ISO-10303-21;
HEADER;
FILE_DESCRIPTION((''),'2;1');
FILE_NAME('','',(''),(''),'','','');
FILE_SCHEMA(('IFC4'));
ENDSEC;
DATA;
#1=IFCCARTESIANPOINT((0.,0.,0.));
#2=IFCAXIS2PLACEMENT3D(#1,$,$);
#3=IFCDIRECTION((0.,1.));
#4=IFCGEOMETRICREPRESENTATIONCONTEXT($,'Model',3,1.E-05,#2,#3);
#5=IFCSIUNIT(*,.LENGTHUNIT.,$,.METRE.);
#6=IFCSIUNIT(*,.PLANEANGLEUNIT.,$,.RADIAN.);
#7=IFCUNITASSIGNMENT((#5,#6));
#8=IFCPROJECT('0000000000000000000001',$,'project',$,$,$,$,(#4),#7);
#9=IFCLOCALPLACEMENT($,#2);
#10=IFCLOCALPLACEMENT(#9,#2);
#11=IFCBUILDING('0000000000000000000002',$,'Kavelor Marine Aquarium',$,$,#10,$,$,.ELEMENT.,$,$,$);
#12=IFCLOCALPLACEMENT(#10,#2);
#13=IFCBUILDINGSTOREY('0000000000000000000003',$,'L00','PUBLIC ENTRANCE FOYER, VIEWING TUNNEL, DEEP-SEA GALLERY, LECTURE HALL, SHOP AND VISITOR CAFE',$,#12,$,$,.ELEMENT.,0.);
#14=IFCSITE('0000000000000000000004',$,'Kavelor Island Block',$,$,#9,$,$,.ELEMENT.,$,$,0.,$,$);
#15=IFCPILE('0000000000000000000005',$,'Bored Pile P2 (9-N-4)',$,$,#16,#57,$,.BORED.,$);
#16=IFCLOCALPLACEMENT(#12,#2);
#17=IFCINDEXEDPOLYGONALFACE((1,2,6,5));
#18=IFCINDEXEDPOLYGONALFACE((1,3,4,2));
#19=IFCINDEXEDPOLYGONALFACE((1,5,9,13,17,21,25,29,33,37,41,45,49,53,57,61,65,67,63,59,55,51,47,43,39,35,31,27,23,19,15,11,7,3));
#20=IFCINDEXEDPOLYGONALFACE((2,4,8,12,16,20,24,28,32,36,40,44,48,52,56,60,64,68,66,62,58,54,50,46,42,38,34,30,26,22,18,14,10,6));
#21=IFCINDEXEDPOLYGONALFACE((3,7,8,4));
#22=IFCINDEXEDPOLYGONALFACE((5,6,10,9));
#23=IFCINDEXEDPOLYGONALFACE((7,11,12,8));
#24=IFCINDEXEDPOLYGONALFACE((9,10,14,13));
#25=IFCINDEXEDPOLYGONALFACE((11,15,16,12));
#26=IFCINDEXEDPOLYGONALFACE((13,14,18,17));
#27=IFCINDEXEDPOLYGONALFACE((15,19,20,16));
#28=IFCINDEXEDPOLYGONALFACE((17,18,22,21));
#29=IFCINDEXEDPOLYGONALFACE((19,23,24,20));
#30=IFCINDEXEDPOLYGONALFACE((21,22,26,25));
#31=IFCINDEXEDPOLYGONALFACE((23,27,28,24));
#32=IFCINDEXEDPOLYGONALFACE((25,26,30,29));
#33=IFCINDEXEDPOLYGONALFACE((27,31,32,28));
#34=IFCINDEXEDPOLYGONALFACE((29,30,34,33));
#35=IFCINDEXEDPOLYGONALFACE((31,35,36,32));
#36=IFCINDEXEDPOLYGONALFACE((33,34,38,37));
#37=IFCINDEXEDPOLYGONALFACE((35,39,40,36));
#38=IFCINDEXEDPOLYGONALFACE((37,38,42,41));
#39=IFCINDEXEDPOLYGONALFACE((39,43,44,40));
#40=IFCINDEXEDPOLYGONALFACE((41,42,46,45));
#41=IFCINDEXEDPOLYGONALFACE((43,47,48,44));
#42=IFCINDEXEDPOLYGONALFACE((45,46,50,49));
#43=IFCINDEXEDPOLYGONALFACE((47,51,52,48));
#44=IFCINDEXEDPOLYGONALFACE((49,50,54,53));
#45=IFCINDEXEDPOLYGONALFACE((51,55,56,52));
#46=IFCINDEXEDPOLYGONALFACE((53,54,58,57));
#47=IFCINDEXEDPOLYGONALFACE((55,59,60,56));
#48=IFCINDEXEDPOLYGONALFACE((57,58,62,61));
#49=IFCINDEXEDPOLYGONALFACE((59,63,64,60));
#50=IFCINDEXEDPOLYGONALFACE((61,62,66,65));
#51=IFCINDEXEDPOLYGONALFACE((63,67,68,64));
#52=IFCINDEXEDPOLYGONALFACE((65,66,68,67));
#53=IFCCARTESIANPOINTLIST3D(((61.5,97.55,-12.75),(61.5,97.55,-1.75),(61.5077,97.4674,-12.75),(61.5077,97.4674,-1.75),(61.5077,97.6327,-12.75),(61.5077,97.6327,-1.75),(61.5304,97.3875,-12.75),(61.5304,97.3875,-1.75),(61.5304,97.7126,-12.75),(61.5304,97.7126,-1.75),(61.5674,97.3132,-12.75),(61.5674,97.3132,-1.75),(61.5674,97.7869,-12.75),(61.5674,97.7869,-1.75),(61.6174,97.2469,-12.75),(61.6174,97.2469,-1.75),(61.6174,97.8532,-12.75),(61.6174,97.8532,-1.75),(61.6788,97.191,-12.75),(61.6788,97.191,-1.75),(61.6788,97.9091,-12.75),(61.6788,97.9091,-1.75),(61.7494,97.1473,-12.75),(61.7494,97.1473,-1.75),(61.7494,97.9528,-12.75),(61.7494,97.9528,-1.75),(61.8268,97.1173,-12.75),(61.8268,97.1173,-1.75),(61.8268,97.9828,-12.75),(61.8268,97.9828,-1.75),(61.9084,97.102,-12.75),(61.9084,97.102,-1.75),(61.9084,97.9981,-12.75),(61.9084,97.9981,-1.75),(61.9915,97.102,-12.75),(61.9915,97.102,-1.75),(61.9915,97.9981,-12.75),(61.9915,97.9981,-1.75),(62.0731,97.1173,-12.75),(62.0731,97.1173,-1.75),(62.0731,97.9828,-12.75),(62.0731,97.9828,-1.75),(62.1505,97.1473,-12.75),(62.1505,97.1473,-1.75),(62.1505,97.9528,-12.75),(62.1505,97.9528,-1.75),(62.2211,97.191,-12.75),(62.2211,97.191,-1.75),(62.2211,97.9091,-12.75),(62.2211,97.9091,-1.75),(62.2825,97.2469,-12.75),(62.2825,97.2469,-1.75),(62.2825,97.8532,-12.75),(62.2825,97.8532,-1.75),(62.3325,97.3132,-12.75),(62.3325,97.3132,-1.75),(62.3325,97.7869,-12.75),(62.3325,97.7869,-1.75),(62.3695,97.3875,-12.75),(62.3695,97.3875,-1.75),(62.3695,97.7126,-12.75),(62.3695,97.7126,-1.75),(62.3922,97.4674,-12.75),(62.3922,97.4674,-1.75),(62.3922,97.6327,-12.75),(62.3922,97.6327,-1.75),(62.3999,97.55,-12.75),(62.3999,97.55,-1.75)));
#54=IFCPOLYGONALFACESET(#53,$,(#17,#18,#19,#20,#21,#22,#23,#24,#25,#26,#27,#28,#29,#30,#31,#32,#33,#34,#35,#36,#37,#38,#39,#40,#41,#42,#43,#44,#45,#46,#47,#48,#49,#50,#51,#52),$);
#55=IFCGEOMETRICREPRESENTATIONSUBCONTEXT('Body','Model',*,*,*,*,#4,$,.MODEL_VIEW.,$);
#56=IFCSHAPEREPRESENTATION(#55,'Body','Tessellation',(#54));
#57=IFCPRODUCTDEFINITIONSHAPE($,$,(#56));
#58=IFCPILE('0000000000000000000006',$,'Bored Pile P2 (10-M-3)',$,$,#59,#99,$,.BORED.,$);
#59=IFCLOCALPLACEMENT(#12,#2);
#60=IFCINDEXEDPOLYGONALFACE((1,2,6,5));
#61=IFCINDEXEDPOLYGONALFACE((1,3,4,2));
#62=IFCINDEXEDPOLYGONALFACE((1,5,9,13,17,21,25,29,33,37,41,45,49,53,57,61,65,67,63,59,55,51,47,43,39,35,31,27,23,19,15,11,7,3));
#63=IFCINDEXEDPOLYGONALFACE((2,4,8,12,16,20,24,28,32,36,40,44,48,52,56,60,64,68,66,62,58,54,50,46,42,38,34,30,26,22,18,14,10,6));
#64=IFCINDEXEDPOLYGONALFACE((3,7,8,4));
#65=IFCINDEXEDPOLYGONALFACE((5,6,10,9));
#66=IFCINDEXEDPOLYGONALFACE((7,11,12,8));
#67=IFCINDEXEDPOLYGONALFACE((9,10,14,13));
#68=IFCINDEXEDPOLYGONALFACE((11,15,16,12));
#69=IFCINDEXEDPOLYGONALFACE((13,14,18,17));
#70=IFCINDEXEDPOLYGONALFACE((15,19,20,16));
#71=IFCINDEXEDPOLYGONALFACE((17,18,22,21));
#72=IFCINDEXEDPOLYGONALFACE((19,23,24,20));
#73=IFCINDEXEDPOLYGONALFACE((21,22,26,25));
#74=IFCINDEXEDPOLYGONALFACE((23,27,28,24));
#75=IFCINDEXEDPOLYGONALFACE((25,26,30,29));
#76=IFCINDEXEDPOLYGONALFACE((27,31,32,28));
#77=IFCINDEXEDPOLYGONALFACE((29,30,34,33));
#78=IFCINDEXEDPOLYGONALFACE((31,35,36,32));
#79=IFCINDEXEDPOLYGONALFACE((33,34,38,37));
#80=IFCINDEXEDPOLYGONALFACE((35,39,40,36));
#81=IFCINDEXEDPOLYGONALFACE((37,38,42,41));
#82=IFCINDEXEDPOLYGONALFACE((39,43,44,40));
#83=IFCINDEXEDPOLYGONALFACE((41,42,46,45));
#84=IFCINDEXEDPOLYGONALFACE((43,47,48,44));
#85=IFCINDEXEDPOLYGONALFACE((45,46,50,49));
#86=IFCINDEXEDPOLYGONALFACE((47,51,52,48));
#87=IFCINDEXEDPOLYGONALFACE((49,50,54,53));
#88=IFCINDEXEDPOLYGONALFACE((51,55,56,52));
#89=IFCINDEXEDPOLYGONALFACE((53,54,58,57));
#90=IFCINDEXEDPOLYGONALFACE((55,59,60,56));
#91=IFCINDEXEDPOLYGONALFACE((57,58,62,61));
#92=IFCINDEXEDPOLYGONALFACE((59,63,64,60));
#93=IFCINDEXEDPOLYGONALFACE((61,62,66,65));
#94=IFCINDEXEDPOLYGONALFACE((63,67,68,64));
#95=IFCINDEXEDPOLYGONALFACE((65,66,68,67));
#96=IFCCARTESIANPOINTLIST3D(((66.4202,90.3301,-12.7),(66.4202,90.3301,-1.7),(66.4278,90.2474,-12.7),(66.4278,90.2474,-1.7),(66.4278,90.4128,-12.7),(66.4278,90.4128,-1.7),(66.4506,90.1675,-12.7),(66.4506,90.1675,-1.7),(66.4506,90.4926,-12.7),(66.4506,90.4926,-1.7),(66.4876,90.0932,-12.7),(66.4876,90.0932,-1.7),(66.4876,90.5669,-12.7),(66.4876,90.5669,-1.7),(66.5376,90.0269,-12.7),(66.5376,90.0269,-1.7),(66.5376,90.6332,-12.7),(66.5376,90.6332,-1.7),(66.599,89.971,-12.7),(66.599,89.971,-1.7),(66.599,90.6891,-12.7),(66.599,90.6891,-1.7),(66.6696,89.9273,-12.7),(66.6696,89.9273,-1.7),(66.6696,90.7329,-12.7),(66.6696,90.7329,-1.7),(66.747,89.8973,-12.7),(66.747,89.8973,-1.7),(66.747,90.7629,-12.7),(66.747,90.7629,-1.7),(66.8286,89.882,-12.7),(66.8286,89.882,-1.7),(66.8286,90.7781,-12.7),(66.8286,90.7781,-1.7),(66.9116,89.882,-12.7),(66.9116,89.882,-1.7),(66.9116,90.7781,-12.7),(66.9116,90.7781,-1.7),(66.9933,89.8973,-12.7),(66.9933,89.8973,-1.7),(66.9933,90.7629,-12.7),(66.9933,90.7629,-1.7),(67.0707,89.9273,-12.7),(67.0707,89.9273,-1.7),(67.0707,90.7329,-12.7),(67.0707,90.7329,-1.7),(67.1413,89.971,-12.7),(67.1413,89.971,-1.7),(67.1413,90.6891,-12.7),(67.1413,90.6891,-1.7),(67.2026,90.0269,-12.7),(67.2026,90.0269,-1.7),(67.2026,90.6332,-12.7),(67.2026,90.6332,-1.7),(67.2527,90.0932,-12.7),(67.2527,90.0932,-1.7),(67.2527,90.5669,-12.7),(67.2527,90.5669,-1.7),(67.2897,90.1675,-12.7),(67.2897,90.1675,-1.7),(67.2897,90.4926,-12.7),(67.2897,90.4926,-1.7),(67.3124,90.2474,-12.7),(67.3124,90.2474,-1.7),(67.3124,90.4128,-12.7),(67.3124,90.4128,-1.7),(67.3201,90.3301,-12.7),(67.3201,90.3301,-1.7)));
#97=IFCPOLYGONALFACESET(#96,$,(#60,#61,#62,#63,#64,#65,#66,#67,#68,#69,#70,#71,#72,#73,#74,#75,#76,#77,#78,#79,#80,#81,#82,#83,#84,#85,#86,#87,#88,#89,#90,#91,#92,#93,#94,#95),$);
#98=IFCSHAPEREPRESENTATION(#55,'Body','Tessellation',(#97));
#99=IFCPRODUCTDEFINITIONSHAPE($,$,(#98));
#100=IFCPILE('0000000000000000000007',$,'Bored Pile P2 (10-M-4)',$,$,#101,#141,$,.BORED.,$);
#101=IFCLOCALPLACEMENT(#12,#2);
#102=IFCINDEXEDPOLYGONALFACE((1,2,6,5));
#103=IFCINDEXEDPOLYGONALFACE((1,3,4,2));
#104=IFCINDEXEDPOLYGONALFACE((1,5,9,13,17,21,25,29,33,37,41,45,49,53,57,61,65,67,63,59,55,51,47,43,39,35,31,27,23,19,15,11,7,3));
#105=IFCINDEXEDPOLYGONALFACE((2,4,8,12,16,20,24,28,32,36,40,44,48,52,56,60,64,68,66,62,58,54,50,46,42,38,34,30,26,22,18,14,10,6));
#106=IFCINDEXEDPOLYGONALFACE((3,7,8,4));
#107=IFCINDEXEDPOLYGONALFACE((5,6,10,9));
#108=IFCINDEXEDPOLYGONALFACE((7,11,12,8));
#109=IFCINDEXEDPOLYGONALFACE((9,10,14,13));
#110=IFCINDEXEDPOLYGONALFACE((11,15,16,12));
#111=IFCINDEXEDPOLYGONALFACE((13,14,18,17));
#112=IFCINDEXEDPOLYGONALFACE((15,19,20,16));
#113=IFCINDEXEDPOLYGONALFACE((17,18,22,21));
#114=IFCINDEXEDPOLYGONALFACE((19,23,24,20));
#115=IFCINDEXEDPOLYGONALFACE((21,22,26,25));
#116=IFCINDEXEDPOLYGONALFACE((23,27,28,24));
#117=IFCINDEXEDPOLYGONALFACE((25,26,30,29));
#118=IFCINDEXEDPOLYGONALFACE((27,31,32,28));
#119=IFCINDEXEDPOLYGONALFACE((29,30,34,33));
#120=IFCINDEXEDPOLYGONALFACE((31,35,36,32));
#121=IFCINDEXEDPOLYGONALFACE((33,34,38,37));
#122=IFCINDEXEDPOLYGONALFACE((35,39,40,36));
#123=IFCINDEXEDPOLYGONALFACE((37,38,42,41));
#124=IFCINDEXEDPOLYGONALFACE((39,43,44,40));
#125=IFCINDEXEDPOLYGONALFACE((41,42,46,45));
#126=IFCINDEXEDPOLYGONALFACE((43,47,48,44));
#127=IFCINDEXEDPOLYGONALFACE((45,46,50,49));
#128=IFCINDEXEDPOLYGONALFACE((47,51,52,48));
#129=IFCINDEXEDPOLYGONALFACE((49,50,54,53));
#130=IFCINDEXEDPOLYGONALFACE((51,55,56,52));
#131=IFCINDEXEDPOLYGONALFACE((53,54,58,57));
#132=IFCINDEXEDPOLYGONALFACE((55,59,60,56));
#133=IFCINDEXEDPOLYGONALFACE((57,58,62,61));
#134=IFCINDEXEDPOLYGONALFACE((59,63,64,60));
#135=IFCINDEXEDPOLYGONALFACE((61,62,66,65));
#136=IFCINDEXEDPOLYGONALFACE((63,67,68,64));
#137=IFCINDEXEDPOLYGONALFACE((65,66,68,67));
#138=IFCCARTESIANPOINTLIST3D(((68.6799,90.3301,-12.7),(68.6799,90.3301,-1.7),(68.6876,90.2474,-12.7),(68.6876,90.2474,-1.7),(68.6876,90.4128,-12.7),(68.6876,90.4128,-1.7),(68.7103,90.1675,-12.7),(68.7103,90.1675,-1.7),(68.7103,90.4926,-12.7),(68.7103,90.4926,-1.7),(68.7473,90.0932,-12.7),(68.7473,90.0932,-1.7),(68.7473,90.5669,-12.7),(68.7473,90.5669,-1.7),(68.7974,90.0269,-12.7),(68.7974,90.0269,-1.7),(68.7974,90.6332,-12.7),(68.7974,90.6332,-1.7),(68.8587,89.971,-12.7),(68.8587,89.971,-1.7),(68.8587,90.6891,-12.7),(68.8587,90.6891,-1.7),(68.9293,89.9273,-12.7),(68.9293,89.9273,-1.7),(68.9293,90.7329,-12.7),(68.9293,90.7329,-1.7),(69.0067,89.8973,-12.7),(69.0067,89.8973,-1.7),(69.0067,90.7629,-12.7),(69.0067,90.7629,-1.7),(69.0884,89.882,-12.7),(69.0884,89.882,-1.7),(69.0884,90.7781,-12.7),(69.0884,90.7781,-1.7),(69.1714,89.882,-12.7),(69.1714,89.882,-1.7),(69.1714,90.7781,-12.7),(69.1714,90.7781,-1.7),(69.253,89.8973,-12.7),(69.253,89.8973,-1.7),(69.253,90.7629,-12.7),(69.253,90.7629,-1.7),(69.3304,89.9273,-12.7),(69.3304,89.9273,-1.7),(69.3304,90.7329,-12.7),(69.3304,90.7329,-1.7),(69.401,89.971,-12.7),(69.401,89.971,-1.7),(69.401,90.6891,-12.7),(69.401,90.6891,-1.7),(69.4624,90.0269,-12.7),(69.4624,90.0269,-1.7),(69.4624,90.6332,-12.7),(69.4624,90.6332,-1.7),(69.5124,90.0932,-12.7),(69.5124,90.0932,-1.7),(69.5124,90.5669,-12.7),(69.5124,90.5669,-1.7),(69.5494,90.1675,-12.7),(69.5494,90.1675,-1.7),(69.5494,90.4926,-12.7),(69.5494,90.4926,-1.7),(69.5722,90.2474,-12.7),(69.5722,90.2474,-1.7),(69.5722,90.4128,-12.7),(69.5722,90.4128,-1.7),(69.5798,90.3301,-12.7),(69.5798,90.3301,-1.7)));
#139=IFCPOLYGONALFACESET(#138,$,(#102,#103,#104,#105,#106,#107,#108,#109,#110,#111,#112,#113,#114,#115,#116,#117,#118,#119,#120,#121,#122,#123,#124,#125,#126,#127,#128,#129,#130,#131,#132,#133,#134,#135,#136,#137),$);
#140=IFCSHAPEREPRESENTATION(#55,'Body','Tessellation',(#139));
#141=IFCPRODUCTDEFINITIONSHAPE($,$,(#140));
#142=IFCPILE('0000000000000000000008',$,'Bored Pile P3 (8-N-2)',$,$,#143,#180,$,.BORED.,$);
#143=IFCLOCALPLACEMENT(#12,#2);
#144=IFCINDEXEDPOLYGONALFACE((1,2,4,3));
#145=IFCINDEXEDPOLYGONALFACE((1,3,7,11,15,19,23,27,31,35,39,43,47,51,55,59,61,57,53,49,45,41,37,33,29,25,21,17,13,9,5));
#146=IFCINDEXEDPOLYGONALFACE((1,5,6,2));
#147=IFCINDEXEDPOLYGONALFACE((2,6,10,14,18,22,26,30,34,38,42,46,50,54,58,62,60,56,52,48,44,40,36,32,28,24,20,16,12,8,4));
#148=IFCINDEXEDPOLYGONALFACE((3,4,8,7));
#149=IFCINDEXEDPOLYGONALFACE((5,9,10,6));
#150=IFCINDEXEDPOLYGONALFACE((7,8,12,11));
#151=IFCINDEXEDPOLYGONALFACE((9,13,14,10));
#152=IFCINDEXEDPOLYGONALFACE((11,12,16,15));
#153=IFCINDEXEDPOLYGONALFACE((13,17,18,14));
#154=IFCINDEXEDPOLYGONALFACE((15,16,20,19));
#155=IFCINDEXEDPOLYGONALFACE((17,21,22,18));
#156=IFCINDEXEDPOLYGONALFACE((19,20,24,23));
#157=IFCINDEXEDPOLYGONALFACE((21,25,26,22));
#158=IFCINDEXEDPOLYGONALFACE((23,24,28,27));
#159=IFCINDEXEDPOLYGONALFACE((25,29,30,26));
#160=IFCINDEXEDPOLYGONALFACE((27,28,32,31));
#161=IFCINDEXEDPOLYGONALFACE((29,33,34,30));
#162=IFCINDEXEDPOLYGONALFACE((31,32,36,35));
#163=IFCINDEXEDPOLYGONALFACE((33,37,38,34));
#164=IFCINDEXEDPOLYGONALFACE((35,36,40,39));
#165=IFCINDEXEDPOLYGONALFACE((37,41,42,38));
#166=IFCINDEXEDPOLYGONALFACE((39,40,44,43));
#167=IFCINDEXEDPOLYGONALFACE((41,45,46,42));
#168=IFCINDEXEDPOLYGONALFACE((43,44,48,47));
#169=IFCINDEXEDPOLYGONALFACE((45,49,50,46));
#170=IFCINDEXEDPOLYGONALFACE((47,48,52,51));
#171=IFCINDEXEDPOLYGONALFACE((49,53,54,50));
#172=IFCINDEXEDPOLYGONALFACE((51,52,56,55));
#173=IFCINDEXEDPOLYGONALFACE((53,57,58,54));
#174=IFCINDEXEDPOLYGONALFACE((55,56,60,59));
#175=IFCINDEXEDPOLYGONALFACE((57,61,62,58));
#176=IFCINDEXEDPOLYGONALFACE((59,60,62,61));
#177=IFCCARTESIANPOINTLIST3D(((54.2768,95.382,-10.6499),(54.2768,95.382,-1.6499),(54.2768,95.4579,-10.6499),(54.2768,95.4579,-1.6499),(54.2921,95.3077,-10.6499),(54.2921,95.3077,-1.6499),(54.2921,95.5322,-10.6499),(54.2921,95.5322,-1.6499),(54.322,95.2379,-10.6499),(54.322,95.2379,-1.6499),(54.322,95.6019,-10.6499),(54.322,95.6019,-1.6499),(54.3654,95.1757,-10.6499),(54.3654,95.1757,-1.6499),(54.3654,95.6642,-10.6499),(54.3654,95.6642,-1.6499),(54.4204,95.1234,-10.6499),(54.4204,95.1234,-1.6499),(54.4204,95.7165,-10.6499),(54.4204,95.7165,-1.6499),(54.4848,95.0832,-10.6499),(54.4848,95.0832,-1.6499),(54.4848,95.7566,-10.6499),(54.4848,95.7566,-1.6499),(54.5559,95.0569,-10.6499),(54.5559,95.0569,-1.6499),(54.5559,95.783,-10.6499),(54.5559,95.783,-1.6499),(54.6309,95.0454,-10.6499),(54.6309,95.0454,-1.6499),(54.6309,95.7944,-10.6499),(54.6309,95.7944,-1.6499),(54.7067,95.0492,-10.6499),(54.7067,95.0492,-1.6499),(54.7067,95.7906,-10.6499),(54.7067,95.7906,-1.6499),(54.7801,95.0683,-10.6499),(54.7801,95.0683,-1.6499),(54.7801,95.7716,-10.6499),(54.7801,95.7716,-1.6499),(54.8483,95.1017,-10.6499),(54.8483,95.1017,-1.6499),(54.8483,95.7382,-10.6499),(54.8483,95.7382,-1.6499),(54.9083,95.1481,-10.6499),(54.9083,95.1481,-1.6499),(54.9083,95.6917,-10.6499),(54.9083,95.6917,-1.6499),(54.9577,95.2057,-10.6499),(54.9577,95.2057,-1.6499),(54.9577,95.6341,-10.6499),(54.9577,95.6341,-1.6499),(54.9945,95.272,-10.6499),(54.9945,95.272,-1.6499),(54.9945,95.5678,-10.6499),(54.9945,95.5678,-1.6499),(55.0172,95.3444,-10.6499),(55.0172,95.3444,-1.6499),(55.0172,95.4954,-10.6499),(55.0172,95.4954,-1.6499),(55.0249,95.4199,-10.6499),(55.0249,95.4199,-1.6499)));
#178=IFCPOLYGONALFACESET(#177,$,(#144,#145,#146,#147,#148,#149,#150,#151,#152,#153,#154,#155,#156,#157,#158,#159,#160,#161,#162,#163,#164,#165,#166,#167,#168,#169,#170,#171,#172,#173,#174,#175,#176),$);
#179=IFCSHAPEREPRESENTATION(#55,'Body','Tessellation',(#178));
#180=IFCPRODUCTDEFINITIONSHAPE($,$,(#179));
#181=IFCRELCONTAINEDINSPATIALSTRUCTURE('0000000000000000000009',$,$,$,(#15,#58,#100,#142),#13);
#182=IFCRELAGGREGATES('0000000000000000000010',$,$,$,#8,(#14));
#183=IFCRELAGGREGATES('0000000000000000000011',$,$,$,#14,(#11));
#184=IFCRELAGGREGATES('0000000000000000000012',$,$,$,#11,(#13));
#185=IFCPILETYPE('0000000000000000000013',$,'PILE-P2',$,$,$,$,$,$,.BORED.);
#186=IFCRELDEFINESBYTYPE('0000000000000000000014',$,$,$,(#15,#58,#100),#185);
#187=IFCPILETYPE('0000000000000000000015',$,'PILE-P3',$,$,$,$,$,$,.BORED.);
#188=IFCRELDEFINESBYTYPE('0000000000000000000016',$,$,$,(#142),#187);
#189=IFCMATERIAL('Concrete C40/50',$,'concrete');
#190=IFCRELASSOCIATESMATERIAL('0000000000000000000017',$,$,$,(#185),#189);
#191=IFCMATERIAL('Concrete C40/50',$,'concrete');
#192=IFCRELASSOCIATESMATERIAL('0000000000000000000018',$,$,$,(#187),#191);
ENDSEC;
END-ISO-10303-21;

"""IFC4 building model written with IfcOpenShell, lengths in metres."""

from ifc_helpers import new_model, si_unit, direction, frame, origin, origin_2d, place, context, subcontext, project, spatial, circle, extrude, material, material_profile, profile_set, type_object, element, save


model = new_model("IFC4")

# Units and contexts
model_context = context("Model", 3, precision=1e-05, world=origin(), true_north=direction((0.0, 1.0)))
body_context = subcontext(model_context, "Body", "Model", "MODEL_VIEW")
ifc_project = project(units=[si_unit("LENGTHUNIT", "METRE"), si_unit("PLANEANGLEUNIT", "RADIAN")], contexts=[model_context])

# Site, building, storey
site_placement = place(None, origin())
site = spatial("IfcSite", under=ifc_project, at=site_placement, Name="Kavelor Island Block", CompositionType="ELEMENT", RefElevation=0.0)
building_placement = place(site_placement, origin())
building = spatial("IfcBuilding", under=site, at=building_placement, Name="Kavelor Marine Aquarium", CompositionType="ELEMENT")
storey_placement = place(building_placement, origin())
storey = spatial("IfcBuildingStorey", under=building, at=storey_placement, Name="L00", Description="PUBLIC ENTRANCE FOYER, VIEWING TUNNEL, DEEP-SEA GALLERY, LECTURE HALL, SHOP AND VISITOR CAFE", CompositionType="ELEMENT", Elevation=0.0)

# Piles
ifc_material_1 = material(Name="Concrete C40/50", Category="concrete")
ifc_material_profile_1 = material_profile(ifc_material_1, circle(Radius=0.45, at=origin_2d()), Name="PILE D900")
ifc_profile_set_1 = profile_set([ifc_material_profile_1], Name="Concrete C40/50")
pile_type_1 = type_object("IfcPileType", Name="PILE-P2", PredefinedType="BORED", material=ifc_profile_set_1)
for number, where, z_axis, x_axis, name in (
    (1, (61.95, 97.55, -1.75), (0.0, 0.0, -1.0), (1.0, 0.0, 0.0), "Bored Pile P2 (9-N-4)"),
    (2, (66.8701, 90.3301, -1.7), (0.0, 0.0, -1.0), (1.0, 0.0, 0.0), "Bored Pile P2 (10-M-3)"),
    (3, (69.1299, 90.3301, -1.7), (0.0, 0.0, -1.0), (1.0, 0.0, 0.0), "Bored Pile P2 (10-M-4)"),
):
    element("IfcPile", number, at=place(storey_placement, frame(where, z_axis=z_axis, x_axis=x_axis)), inside=storey, type_object=pile_type_1, Name=name, PredefinedType="BORED", context=body_context, shape_type="SweptSolid", body=[
        extrude(circle(Radius=0.45, at=origin_2d()), origin(), (0.0, 0.0, 1.0), 11.0),
    ])
ifc_material_2 = material(Name="Concrete C40/50", Category="concrete")
ifc_material_profile_2 = material_profile(ifc_material_2, circle(Radius=0.375, at=origin_2d()), Name="PILE D750")
ifc_profile_set_2 = profile_set([ifc_material_profile_2], Name="Concrete C40/50")
pile_type_2 = type_object("IfcPileType", Name="PILE-P3", PredefinedType="BORED", material=ifc_profile_set_2)
for number, where, z_axis, x_axis, name in (
    (4, (54.6499, 95.4199, -1.6499), (0.0, 0.0, -1.0), (1.0, 0.0, 0.0), "Bored Pile P3 (8-N-2)"),
):
    element("IfcPile", number, at=place(storey_placement, frame(where, z_axis=z_axis, x_axis=x_axis)), inside=storey, type_object=pile_type_2, Name=name, PredefinedType="BORED", context=body_context, shape_type="SweptSolid", body=[
        extrude(circle(Radius=0.375, at=origin_2d()), origin(), (0.0, 0.0, 1.0), 9.0),
    ])

save(model, "model.ifc")
